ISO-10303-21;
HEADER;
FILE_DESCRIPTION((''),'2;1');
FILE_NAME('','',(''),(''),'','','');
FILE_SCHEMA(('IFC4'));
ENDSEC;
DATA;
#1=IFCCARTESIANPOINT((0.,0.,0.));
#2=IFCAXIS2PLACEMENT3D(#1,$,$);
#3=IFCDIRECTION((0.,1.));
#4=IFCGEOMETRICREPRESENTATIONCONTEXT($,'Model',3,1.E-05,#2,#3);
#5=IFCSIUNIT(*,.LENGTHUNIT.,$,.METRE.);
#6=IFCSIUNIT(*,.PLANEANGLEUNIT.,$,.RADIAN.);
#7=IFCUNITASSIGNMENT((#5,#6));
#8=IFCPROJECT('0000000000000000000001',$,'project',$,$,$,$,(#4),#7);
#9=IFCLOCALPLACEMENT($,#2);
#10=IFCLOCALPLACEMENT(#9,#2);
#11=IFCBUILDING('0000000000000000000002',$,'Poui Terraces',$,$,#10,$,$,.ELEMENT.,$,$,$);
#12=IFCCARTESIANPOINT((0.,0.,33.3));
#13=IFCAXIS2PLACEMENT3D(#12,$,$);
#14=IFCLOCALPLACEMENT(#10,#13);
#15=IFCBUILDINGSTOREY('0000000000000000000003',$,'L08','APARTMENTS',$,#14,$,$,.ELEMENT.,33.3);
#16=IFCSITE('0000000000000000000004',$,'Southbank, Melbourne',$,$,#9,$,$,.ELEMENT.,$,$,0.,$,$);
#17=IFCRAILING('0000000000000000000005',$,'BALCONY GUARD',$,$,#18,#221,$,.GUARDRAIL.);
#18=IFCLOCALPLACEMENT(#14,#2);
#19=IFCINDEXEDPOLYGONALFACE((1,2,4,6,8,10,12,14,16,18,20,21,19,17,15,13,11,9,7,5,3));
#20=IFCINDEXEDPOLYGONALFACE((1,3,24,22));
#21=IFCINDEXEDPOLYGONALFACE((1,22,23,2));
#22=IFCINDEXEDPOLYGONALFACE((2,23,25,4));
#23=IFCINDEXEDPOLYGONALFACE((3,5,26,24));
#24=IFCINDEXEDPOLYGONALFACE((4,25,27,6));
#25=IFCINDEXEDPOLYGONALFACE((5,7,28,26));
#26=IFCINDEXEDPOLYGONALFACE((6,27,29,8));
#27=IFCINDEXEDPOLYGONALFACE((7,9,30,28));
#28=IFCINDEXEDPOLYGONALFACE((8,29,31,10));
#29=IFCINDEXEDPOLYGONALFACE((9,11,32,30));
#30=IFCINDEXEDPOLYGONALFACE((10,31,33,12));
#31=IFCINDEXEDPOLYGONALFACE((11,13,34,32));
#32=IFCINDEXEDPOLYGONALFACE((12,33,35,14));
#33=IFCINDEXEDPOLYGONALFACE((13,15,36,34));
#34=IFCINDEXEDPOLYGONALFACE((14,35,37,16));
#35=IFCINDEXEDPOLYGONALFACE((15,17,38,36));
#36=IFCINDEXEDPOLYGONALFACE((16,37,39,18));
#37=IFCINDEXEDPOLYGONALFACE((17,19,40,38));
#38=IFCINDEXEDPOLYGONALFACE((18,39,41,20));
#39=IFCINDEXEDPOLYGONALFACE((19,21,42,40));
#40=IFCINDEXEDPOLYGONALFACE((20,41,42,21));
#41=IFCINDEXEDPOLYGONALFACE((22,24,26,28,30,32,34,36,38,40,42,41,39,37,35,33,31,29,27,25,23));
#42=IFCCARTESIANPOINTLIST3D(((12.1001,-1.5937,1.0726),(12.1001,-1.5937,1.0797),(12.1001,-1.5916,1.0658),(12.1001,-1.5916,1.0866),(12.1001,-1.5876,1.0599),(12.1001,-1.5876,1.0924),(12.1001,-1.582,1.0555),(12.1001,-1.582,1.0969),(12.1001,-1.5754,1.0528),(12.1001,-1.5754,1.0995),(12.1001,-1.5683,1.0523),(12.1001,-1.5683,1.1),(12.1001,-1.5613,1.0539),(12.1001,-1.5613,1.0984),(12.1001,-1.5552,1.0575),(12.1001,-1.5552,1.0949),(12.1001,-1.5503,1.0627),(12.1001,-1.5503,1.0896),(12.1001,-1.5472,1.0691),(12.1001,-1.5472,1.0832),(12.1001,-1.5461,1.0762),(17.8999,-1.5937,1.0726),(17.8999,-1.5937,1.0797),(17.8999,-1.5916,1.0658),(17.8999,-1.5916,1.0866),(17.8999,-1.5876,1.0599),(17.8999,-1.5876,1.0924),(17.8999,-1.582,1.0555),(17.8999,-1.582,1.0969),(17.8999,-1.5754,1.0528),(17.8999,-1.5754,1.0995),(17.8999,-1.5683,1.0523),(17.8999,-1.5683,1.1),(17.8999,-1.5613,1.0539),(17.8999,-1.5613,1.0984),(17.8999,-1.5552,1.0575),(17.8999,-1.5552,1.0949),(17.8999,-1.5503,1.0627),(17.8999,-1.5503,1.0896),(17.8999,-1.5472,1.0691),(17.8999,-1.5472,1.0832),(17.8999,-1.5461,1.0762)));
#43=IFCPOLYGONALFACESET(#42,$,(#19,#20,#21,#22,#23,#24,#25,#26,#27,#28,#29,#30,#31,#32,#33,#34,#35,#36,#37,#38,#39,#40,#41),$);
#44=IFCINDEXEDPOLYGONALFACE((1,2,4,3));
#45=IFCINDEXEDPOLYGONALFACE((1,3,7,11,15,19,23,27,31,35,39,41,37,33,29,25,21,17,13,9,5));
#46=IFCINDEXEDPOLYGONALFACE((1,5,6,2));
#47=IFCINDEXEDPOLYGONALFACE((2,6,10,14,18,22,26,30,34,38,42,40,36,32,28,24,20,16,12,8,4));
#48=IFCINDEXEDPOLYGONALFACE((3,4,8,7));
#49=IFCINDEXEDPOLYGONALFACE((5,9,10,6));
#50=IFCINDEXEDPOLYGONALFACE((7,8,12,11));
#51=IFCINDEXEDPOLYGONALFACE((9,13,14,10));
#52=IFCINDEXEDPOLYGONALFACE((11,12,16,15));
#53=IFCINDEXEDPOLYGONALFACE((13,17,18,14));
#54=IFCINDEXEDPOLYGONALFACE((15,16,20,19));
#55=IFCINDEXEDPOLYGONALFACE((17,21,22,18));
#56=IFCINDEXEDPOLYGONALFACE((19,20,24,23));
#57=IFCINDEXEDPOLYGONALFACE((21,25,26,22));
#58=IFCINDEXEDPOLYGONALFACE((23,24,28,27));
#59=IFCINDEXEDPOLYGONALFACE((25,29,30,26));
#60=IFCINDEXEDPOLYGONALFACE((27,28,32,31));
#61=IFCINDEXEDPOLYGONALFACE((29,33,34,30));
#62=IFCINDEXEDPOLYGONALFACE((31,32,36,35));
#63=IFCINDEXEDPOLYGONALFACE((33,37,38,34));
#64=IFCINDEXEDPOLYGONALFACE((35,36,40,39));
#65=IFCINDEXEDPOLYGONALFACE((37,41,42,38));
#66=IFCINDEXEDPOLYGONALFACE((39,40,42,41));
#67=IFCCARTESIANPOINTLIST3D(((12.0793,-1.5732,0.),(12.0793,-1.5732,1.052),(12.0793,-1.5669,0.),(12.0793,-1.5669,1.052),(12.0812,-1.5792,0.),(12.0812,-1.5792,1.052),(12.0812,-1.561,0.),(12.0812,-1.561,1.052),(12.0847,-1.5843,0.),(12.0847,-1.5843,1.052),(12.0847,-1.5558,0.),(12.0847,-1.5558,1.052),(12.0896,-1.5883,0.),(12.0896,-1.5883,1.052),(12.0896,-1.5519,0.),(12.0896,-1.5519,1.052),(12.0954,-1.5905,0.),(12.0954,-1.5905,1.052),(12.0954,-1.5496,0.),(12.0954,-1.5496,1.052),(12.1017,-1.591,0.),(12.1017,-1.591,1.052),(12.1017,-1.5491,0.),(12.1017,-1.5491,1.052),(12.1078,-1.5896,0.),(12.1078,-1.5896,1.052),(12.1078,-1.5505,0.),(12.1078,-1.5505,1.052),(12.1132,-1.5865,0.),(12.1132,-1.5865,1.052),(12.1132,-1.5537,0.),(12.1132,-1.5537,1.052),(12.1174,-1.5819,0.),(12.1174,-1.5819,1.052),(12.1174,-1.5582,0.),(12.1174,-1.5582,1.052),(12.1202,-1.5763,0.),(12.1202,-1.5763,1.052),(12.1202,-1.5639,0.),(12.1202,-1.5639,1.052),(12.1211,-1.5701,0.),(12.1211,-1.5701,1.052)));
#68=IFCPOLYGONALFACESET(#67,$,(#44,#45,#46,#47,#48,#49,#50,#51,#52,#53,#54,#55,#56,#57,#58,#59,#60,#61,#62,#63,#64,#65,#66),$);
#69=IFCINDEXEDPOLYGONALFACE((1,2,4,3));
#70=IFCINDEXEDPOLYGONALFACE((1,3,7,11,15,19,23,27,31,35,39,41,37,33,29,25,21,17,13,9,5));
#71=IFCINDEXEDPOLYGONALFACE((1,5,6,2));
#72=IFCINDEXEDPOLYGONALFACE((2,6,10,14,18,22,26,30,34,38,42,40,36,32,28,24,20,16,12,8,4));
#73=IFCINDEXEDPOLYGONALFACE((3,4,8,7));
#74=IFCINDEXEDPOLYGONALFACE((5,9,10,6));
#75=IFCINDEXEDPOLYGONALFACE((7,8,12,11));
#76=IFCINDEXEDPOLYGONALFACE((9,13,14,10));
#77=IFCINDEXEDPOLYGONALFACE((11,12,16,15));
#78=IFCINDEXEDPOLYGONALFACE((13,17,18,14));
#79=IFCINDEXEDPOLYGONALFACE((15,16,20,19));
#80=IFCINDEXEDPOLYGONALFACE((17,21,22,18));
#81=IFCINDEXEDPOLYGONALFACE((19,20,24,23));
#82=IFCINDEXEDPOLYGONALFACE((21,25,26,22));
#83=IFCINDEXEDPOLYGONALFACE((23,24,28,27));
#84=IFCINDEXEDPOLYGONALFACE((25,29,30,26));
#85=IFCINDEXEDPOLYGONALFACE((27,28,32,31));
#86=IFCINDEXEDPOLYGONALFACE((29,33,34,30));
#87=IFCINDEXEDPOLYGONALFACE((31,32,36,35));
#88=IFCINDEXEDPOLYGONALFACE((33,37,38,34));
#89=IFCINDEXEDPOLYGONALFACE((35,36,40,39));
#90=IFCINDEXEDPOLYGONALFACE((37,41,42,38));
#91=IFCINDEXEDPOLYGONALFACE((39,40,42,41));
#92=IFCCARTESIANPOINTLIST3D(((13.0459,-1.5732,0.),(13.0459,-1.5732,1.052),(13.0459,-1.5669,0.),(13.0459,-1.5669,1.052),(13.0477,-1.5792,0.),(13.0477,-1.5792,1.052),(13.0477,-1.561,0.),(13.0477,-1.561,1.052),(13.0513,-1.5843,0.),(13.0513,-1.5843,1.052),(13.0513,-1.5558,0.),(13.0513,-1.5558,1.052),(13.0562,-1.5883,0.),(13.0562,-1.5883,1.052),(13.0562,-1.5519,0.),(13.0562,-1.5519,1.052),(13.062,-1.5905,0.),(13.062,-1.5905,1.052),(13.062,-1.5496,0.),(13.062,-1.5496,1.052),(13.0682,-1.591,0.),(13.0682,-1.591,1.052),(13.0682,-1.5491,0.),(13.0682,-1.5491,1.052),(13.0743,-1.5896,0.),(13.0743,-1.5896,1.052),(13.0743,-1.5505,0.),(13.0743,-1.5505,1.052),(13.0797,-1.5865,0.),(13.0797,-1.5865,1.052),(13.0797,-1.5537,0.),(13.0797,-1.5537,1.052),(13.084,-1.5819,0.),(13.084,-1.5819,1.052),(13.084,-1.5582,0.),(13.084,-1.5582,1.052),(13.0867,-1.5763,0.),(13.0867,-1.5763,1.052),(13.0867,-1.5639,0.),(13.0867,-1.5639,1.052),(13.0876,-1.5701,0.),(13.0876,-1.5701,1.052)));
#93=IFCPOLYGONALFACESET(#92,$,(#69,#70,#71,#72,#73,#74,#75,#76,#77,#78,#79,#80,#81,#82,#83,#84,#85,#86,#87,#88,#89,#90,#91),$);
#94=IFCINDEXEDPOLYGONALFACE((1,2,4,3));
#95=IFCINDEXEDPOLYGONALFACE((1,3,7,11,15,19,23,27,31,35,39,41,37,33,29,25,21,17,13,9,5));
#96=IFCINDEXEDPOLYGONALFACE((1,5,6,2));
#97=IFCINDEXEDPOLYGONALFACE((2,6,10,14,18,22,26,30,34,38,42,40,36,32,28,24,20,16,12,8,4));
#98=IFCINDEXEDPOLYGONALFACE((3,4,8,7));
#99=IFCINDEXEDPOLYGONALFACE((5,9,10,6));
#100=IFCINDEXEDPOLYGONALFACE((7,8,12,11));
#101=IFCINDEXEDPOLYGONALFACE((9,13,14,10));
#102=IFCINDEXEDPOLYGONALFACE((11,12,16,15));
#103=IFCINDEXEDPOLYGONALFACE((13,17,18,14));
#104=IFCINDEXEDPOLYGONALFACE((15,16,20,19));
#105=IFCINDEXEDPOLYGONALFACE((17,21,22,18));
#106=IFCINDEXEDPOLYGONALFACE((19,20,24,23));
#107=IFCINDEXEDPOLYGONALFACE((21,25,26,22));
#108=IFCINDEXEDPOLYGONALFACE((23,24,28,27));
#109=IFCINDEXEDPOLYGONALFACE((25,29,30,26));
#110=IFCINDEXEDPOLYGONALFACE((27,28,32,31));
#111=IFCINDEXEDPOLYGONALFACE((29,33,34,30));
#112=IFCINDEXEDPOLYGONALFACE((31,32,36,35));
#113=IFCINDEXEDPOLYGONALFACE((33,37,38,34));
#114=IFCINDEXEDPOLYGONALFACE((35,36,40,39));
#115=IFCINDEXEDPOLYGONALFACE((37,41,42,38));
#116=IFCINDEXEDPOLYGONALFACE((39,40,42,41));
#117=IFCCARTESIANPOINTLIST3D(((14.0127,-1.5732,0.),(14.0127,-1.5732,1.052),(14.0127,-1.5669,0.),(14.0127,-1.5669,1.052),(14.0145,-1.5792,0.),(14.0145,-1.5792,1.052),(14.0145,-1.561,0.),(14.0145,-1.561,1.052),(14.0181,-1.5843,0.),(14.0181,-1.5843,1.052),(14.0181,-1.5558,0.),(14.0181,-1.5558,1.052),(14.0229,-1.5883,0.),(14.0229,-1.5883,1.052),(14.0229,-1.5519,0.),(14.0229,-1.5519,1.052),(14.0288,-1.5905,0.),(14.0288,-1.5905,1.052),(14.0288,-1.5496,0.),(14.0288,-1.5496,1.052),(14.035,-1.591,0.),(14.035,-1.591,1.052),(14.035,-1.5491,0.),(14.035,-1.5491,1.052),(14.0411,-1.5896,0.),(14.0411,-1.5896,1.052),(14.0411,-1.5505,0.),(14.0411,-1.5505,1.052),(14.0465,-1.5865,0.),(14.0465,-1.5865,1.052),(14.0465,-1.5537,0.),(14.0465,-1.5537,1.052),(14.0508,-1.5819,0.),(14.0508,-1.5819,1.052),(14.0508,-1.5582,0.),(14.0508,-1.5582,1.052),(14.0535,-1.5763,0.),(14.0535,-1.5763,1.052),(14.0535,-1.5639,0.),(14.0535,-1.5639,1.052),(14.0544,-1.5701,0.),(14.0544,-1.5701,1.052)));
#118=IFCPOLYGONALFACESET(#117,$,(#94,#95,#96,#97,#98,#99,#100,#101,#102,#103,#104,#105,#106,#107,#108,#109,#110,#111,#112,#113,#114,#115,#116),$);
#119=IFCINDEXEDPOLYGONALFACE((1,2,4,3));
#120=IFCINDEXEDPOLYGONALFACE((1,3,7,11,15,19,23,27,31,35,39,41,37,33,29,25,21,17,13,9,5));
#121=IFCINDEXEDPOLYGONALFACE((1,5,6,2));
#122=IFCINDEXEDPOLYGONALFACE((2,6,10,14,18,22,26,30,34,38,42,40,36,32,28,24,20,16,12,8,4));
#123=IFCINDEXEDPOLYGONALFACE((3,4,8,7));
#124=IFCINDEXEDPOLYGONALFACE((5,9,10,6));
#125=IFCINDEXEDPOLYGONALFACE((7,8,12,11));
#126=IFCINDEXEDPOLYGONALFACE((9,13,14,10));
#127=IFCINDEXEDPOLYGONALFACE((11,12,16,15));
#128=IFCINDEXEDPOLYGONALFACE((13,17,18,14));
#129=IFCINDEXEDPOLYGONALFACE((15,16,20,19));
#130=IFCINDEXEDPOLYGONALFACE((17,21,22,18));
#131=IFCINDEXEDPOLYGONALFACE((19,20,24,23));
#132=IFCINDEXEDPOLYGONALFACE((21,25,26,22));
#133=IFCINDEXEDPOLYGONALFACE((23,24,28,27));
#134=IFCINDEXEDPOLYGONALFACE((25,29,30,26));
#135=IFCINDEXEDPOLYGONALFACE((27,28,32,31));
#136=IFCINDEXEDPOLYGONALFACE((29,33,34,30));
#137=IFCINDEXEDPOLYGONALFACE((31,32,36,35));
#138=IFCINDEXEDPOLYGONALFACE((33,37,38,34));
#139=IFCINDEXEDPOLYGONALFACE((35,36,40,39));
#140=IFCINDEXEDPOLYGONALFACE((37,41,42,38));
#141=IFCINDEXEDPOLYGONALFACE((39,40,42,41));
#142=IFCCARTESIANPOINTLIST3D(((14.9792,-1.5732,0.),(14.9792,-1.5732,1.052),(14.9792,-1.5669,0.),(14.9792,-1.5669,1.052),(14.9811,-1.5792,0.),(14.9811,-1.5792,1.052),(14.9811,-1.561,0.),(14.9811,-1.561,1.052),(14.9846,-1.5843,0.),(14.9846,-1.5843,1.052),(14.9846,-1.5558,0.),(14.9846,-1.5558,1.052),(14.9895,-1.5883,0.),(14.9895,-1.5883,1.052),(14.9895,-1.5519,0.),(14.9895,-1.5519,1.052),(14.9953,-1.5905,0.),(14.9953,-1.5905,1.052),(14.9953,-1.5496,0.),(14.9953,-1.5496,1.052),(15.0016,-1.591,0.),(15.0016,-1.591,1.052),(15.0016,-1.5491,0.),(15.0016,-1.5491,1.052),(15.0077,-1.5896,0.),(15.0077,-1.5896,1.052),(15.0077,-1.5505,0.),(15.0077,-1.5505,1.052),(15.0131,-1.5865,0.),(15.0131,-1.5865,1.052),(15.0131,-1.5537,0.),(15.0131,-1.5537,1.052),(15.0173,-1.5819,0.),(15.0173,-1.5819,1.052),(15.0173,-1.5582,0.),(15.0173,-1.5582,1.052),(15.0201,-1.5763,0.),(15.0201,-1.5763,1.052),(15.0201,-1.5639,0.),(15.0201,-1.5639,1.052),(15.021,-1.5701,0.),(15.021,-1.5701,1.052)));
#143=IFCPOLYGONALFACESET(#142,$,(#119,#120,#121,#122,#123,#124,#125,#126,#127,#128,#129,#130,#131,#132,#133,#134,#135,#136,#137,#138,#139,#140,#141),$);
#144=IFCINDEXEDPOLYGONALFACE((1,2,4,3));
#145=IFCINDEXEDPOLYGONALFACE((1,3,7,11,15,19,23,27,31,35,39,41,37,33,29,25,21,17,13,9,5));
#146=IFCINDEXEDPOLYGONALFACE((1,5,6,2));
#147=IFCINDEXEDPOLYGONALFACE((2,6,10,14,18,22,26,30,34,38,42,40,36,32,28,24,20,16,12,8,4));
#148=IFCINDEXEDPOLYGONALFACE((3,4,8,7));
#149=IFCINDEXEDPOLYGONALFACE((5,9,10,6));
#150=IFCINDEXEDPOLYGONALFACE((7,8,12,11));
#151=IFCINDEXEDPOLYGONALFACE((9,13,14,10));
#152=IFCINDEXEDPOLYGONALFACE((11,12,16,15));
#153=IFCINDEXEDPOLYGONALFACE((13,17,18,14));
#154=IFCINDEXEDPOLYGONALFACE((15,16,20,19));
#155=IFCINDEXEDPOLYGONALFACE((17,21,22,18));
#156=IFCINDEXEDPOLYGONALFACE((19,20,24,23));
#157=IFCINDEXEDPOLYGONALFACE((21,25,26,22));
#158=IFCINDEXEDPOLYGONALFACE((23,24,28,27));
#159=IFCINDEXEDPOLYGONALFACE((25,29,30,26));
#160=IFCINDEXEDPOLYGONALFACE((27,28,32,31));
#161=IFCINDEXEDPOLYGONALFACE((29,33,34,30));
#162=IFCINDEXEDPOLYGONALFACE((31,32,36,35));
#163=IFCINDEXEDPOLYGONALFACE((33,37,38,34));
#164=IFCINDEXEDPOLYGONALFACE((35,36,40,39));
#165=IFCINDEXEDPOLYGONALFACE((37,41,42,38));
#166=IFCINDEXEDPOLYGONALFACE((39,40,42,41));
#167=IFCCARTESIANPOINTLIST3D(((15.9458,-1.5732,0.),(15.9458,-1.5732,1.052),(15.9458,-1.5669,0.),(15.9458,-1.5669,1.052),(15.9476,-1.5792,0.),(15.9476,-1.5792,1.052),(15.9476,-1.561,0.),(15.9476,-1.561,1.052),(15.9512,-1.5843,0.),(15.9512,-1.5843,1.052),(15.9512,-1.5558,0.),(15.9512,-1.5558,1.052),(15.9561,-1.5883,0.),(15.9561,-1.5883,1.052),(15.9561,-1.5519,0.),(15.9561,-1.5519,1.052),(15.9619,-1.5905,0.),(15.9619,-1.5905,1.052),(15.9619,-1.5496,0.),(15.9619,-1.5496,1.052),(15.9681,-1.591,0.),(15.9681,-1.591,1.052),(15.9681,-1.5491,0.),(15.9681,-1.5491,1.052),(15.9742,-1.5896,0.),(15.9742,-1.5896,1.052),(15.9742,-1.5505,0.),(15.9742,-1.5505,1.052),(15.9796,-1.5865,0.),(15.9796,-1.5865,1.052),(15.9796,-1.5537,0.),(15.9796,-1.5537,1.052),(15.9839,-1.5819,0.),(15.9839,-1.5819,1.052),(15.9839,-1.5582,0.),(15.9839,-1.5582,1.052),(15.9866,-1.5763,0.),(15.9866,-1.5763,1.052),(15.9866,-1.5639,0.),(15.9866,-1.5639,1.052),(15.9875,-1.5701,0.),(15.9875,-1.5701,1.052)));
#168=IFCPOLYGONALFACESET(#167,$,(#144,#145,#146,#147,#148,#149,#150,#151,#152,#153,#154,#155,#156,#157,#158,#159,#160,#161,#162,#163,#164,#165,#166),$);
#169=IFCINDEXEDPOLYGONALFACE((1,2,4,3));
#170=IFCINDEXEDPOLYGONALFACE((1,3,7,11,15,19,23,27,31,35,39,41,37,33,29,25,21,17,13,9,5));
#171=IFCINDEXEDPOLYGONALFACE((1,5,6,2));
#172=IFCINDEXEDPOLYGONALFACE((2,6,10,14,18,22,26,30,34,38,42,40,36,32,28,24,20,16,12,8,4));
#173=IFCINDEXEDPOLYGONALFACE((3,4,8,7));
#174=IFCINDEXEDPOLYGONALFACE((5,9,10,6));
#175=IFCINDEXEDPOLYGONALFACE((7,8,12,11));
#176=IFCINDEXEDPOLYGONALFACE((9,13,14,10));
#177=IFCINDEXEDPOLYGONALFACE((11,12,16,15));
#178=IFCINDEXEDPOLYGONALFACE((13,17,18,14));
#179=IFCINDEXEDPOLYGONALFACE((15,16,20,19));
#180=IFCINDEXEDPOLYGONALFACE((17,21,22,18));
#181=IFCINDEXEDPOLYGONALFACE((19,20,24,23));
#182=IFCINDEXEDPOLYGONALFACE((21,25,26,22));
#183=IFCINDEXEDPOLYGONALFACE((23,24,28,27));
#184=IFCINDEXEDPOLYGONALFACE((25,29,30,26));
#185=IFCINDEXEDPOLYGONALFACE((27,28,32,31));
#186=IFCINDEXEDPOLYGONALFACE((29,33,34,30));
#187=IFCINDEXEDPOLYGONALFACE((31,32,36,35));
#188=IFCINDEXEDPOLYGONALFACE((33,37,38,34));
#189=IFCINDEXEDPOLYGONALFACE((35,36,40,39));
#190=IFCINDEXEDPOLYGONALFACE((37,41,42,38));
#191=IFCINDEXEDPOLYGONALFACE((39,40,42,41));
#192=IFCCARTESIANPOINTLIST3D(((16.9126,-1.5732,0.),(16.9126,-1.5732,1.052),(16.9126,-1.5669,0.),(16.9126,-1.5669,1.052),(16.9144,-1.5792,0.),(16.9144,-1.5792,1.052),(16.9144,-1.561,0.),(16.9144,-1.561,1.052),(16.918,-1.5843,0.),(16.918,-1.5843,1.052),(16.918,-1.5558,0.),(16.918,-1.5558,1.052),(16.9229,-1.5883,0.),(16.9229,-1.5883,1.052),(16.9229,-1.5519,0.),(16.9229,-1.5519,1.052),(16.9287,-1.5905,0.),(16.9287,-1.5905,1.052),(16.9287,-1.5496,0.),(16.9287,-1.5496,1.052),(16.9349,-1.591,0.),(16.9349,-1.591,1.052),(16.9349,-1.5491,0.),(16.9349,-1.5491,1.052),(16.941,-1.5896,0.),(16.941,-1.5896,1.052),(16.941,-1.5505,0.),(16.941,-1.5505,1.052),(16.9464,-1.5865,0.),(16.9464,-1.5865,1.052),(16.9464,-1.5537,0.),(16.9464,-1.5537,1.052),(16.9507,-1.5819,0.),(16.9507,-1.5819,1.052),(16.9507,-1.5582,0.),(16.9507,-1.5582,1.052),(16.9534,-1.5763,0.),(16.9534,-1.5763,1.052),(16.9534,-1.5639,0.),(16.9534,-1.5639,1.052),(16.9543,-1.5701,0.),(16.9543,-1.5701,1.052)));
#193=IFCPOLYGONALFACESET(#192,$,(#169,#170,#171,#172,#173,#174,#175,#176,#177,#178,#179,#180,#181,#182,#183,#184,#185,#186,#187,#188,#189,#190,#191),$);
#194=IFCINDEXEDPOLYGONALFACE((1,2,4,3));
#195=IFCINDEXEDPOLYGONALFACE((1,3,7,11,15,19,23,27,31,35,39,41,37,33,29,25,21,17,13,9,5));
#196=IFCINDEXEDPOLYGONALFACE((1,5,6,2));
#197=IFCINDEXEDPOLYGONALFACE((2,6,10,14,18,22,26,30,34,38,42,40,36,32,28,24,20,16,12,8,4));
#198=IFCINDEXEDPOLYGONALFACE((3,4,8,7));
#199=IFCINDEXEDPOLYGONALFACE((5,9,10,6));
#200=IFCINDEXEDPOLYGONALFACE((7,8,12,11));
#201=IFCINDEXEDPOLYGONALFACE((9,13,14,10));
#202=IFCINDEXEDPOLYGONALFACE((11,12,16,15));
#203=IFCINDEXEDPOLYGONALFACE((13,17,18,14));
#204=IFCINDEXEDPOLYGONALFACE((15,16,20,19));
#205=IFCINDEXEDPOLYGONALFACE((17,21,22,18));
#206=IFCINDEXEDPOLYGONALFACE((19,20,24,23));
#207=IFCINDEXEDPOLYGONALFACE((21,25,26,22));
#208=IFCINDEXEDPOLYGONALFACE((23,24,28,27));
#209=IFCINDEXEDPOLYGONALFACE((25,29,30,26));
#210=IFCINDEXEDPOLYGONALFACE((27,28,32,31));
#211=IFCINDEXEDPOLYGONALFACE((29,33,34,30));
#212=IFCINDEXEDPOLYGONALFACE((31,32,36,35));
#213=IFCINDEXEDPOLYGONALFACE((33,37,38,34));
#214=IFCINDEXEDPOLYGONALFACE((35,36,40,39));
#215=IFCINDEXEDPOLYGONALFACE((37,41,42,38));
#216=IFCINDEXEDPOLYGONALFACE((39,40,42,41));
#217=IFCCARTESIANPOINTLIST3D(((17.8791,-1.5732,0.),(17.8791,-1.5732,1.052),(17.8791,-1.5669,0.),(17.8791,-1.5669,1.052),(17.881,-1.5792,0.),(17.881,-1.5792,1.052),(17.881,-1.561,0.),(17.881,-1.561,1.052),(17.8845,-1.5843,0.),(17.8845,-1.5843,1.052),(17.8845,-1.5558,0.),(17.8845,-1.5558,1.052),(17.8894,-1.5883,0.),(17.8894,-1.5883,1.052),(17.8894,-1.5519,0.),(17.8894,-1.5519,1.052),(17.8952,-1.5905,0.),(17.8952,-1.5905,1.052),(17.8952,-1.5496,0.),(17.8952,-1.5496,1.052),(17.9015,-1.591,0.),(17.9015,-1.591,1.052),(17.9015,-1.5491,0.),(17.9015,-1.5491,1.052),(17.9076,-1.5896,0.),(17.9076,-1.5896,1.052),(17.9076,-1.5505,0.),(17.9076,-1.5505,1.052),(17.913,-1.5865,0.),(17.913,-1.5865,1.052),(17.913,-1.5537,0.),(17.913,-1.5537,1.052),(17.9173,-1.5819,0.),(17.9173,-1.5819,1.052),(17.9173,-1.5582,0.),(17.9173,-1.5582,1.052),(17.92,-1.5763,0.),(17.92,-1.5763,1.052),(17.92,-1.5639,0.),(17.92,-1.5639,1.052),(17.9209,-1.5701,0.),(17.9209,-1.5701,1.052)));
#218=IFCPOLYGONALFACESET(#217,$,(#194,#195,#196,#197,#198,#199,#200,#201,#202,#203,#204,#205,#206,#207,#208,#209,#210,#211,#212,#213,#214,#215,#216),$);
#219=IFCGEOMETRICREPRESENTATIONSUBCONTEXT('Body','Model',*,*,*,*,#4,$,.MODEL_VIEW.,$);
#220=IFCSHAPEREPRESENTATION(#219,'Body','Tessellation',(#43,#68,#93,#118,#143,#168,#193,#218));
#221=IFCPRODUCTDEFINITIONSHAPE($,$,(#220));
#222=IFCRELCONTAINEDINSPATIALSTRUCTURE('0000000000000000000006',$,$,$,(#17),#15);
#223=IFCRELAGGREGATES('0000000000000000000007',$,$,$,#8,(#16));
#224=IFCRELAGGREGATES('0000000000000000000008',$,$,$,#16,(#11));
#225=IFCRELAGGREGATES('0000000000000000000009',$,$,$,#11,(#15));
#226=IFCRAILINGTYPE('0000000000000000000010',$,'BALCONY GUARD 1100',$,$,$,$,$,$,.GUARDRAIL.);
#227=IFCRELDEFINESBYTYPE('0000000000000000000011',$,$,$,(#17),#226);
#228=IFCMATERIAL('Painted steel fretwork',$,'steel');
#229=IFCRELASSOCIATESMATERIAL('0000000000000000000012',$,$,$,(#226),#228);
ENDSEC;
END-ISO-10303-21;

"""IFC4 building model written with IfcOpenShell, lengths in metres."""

from ifc_helpers import new_model, si_unit, direction, frame, origin, origin_2d, place, context, subcontext, project, spatial, circle, extrude, material, type_object, element, save


model = new_model("IFC4")

# Units and contexts
model_context = context("Model", 3, precision=1e-05, world=origin(), true_north=direction((0.0, 1.0)))
body_context = subcontext(model_context, "Body", "Model", "MODEL_VIEW")
ifc_project = project(units=[si_unit("LENGTHUNIT", "METRE"), si_unit("PLANEANGLEUNIT", "RADIAN")], contexts=[model_context])

# Site, building, storey
site_placement = place(None, origin())
site = spatial("IfcSite", under=ifc_project, at=site_placement, Name="Southbank, Melbourne", CompositionType="ELEMENT", RefElevation=0.0)
building_placement = place(site_placement, origin())
building = spatial("IfcBuilding", under=site, at=building_placement, Name="Poui Terraces", CompositionType="ELEMENT")
storey_placement = place(building_placement, frame((0.0, 0.0, 33.3)))
storey = spatial("IfcBuildingStorey", under=building, at=storey_placement, Name="L08", Description="APARTMENTS", CompositionType="ELEMENT", Elevation=33.3)

# Railing
ifc_material_1 = material(Name="Painted steel fretwork", Category="steel")
railing_type = type_object("IfcRailingType", Name="BALCONY GUARD 1100", PredefinedType="GUARDRAIL", material=ifc_material_1)
railing_placement = place(storey_placement, frame((12.1001, -1.5701, 0.0)))
element("IfcRailing", 1, at=railing_placement, inside=storey, type_object=railing_type, Name="BALCONY GUARD", PredefinedType="GUARDRAIL", context=body_context, shape_type="SweptSolid", body=[
    extrude(circle(Radius=0.0239, at=origin_2d()), frame((0.0, 0.0, 1.0762), z_axis=(1.0, 0.0, 0.0), x_axis=(0.0, 1.0, 0.0)), (0.0, 0.0, 1.0), 5.7998),
    extrude(circle(Radius=0.021, at=origin_2d()), origin(), (0.0, 0.0, 1.0), 1.052),
    extrude(circle(Radius=0.021, at=origin_2d()), frame((0.9666, 0.0, 0.0)), (0.0, 0.0, 1.0), 1.052),
    extrude(circle(Radius=0.021, at=origin_2d()), frame((1.9333, 0.0, 0.0)), (0.0, 0.0, 1.0), 1.052),
    extrude(circle(Radius=0.021, at=origin_2d()), frame((2.8999, 0.0, 0.0)), (0.0, 0.0, 1.0), 1.052),
    extrude(circle(Radius=0.021, at=origin_2d()), frame((3.8665, 0.0, 0.0)), (0.0, 0.0, 1.0), 1.052),
    extrude(circle(Radius=0.021, at=origin_2d()), frame((4.8333, 0.0, 0.0)), (0.0, 0.0, 1.0), 1.052),
    extrude(circle(Radius=0.021, at=origin_2d()), frame((5.7998, 0.0, 0.0)), (0.0, 0.0, 1.0), 1.052),
])

save(model, "model.ifc")
